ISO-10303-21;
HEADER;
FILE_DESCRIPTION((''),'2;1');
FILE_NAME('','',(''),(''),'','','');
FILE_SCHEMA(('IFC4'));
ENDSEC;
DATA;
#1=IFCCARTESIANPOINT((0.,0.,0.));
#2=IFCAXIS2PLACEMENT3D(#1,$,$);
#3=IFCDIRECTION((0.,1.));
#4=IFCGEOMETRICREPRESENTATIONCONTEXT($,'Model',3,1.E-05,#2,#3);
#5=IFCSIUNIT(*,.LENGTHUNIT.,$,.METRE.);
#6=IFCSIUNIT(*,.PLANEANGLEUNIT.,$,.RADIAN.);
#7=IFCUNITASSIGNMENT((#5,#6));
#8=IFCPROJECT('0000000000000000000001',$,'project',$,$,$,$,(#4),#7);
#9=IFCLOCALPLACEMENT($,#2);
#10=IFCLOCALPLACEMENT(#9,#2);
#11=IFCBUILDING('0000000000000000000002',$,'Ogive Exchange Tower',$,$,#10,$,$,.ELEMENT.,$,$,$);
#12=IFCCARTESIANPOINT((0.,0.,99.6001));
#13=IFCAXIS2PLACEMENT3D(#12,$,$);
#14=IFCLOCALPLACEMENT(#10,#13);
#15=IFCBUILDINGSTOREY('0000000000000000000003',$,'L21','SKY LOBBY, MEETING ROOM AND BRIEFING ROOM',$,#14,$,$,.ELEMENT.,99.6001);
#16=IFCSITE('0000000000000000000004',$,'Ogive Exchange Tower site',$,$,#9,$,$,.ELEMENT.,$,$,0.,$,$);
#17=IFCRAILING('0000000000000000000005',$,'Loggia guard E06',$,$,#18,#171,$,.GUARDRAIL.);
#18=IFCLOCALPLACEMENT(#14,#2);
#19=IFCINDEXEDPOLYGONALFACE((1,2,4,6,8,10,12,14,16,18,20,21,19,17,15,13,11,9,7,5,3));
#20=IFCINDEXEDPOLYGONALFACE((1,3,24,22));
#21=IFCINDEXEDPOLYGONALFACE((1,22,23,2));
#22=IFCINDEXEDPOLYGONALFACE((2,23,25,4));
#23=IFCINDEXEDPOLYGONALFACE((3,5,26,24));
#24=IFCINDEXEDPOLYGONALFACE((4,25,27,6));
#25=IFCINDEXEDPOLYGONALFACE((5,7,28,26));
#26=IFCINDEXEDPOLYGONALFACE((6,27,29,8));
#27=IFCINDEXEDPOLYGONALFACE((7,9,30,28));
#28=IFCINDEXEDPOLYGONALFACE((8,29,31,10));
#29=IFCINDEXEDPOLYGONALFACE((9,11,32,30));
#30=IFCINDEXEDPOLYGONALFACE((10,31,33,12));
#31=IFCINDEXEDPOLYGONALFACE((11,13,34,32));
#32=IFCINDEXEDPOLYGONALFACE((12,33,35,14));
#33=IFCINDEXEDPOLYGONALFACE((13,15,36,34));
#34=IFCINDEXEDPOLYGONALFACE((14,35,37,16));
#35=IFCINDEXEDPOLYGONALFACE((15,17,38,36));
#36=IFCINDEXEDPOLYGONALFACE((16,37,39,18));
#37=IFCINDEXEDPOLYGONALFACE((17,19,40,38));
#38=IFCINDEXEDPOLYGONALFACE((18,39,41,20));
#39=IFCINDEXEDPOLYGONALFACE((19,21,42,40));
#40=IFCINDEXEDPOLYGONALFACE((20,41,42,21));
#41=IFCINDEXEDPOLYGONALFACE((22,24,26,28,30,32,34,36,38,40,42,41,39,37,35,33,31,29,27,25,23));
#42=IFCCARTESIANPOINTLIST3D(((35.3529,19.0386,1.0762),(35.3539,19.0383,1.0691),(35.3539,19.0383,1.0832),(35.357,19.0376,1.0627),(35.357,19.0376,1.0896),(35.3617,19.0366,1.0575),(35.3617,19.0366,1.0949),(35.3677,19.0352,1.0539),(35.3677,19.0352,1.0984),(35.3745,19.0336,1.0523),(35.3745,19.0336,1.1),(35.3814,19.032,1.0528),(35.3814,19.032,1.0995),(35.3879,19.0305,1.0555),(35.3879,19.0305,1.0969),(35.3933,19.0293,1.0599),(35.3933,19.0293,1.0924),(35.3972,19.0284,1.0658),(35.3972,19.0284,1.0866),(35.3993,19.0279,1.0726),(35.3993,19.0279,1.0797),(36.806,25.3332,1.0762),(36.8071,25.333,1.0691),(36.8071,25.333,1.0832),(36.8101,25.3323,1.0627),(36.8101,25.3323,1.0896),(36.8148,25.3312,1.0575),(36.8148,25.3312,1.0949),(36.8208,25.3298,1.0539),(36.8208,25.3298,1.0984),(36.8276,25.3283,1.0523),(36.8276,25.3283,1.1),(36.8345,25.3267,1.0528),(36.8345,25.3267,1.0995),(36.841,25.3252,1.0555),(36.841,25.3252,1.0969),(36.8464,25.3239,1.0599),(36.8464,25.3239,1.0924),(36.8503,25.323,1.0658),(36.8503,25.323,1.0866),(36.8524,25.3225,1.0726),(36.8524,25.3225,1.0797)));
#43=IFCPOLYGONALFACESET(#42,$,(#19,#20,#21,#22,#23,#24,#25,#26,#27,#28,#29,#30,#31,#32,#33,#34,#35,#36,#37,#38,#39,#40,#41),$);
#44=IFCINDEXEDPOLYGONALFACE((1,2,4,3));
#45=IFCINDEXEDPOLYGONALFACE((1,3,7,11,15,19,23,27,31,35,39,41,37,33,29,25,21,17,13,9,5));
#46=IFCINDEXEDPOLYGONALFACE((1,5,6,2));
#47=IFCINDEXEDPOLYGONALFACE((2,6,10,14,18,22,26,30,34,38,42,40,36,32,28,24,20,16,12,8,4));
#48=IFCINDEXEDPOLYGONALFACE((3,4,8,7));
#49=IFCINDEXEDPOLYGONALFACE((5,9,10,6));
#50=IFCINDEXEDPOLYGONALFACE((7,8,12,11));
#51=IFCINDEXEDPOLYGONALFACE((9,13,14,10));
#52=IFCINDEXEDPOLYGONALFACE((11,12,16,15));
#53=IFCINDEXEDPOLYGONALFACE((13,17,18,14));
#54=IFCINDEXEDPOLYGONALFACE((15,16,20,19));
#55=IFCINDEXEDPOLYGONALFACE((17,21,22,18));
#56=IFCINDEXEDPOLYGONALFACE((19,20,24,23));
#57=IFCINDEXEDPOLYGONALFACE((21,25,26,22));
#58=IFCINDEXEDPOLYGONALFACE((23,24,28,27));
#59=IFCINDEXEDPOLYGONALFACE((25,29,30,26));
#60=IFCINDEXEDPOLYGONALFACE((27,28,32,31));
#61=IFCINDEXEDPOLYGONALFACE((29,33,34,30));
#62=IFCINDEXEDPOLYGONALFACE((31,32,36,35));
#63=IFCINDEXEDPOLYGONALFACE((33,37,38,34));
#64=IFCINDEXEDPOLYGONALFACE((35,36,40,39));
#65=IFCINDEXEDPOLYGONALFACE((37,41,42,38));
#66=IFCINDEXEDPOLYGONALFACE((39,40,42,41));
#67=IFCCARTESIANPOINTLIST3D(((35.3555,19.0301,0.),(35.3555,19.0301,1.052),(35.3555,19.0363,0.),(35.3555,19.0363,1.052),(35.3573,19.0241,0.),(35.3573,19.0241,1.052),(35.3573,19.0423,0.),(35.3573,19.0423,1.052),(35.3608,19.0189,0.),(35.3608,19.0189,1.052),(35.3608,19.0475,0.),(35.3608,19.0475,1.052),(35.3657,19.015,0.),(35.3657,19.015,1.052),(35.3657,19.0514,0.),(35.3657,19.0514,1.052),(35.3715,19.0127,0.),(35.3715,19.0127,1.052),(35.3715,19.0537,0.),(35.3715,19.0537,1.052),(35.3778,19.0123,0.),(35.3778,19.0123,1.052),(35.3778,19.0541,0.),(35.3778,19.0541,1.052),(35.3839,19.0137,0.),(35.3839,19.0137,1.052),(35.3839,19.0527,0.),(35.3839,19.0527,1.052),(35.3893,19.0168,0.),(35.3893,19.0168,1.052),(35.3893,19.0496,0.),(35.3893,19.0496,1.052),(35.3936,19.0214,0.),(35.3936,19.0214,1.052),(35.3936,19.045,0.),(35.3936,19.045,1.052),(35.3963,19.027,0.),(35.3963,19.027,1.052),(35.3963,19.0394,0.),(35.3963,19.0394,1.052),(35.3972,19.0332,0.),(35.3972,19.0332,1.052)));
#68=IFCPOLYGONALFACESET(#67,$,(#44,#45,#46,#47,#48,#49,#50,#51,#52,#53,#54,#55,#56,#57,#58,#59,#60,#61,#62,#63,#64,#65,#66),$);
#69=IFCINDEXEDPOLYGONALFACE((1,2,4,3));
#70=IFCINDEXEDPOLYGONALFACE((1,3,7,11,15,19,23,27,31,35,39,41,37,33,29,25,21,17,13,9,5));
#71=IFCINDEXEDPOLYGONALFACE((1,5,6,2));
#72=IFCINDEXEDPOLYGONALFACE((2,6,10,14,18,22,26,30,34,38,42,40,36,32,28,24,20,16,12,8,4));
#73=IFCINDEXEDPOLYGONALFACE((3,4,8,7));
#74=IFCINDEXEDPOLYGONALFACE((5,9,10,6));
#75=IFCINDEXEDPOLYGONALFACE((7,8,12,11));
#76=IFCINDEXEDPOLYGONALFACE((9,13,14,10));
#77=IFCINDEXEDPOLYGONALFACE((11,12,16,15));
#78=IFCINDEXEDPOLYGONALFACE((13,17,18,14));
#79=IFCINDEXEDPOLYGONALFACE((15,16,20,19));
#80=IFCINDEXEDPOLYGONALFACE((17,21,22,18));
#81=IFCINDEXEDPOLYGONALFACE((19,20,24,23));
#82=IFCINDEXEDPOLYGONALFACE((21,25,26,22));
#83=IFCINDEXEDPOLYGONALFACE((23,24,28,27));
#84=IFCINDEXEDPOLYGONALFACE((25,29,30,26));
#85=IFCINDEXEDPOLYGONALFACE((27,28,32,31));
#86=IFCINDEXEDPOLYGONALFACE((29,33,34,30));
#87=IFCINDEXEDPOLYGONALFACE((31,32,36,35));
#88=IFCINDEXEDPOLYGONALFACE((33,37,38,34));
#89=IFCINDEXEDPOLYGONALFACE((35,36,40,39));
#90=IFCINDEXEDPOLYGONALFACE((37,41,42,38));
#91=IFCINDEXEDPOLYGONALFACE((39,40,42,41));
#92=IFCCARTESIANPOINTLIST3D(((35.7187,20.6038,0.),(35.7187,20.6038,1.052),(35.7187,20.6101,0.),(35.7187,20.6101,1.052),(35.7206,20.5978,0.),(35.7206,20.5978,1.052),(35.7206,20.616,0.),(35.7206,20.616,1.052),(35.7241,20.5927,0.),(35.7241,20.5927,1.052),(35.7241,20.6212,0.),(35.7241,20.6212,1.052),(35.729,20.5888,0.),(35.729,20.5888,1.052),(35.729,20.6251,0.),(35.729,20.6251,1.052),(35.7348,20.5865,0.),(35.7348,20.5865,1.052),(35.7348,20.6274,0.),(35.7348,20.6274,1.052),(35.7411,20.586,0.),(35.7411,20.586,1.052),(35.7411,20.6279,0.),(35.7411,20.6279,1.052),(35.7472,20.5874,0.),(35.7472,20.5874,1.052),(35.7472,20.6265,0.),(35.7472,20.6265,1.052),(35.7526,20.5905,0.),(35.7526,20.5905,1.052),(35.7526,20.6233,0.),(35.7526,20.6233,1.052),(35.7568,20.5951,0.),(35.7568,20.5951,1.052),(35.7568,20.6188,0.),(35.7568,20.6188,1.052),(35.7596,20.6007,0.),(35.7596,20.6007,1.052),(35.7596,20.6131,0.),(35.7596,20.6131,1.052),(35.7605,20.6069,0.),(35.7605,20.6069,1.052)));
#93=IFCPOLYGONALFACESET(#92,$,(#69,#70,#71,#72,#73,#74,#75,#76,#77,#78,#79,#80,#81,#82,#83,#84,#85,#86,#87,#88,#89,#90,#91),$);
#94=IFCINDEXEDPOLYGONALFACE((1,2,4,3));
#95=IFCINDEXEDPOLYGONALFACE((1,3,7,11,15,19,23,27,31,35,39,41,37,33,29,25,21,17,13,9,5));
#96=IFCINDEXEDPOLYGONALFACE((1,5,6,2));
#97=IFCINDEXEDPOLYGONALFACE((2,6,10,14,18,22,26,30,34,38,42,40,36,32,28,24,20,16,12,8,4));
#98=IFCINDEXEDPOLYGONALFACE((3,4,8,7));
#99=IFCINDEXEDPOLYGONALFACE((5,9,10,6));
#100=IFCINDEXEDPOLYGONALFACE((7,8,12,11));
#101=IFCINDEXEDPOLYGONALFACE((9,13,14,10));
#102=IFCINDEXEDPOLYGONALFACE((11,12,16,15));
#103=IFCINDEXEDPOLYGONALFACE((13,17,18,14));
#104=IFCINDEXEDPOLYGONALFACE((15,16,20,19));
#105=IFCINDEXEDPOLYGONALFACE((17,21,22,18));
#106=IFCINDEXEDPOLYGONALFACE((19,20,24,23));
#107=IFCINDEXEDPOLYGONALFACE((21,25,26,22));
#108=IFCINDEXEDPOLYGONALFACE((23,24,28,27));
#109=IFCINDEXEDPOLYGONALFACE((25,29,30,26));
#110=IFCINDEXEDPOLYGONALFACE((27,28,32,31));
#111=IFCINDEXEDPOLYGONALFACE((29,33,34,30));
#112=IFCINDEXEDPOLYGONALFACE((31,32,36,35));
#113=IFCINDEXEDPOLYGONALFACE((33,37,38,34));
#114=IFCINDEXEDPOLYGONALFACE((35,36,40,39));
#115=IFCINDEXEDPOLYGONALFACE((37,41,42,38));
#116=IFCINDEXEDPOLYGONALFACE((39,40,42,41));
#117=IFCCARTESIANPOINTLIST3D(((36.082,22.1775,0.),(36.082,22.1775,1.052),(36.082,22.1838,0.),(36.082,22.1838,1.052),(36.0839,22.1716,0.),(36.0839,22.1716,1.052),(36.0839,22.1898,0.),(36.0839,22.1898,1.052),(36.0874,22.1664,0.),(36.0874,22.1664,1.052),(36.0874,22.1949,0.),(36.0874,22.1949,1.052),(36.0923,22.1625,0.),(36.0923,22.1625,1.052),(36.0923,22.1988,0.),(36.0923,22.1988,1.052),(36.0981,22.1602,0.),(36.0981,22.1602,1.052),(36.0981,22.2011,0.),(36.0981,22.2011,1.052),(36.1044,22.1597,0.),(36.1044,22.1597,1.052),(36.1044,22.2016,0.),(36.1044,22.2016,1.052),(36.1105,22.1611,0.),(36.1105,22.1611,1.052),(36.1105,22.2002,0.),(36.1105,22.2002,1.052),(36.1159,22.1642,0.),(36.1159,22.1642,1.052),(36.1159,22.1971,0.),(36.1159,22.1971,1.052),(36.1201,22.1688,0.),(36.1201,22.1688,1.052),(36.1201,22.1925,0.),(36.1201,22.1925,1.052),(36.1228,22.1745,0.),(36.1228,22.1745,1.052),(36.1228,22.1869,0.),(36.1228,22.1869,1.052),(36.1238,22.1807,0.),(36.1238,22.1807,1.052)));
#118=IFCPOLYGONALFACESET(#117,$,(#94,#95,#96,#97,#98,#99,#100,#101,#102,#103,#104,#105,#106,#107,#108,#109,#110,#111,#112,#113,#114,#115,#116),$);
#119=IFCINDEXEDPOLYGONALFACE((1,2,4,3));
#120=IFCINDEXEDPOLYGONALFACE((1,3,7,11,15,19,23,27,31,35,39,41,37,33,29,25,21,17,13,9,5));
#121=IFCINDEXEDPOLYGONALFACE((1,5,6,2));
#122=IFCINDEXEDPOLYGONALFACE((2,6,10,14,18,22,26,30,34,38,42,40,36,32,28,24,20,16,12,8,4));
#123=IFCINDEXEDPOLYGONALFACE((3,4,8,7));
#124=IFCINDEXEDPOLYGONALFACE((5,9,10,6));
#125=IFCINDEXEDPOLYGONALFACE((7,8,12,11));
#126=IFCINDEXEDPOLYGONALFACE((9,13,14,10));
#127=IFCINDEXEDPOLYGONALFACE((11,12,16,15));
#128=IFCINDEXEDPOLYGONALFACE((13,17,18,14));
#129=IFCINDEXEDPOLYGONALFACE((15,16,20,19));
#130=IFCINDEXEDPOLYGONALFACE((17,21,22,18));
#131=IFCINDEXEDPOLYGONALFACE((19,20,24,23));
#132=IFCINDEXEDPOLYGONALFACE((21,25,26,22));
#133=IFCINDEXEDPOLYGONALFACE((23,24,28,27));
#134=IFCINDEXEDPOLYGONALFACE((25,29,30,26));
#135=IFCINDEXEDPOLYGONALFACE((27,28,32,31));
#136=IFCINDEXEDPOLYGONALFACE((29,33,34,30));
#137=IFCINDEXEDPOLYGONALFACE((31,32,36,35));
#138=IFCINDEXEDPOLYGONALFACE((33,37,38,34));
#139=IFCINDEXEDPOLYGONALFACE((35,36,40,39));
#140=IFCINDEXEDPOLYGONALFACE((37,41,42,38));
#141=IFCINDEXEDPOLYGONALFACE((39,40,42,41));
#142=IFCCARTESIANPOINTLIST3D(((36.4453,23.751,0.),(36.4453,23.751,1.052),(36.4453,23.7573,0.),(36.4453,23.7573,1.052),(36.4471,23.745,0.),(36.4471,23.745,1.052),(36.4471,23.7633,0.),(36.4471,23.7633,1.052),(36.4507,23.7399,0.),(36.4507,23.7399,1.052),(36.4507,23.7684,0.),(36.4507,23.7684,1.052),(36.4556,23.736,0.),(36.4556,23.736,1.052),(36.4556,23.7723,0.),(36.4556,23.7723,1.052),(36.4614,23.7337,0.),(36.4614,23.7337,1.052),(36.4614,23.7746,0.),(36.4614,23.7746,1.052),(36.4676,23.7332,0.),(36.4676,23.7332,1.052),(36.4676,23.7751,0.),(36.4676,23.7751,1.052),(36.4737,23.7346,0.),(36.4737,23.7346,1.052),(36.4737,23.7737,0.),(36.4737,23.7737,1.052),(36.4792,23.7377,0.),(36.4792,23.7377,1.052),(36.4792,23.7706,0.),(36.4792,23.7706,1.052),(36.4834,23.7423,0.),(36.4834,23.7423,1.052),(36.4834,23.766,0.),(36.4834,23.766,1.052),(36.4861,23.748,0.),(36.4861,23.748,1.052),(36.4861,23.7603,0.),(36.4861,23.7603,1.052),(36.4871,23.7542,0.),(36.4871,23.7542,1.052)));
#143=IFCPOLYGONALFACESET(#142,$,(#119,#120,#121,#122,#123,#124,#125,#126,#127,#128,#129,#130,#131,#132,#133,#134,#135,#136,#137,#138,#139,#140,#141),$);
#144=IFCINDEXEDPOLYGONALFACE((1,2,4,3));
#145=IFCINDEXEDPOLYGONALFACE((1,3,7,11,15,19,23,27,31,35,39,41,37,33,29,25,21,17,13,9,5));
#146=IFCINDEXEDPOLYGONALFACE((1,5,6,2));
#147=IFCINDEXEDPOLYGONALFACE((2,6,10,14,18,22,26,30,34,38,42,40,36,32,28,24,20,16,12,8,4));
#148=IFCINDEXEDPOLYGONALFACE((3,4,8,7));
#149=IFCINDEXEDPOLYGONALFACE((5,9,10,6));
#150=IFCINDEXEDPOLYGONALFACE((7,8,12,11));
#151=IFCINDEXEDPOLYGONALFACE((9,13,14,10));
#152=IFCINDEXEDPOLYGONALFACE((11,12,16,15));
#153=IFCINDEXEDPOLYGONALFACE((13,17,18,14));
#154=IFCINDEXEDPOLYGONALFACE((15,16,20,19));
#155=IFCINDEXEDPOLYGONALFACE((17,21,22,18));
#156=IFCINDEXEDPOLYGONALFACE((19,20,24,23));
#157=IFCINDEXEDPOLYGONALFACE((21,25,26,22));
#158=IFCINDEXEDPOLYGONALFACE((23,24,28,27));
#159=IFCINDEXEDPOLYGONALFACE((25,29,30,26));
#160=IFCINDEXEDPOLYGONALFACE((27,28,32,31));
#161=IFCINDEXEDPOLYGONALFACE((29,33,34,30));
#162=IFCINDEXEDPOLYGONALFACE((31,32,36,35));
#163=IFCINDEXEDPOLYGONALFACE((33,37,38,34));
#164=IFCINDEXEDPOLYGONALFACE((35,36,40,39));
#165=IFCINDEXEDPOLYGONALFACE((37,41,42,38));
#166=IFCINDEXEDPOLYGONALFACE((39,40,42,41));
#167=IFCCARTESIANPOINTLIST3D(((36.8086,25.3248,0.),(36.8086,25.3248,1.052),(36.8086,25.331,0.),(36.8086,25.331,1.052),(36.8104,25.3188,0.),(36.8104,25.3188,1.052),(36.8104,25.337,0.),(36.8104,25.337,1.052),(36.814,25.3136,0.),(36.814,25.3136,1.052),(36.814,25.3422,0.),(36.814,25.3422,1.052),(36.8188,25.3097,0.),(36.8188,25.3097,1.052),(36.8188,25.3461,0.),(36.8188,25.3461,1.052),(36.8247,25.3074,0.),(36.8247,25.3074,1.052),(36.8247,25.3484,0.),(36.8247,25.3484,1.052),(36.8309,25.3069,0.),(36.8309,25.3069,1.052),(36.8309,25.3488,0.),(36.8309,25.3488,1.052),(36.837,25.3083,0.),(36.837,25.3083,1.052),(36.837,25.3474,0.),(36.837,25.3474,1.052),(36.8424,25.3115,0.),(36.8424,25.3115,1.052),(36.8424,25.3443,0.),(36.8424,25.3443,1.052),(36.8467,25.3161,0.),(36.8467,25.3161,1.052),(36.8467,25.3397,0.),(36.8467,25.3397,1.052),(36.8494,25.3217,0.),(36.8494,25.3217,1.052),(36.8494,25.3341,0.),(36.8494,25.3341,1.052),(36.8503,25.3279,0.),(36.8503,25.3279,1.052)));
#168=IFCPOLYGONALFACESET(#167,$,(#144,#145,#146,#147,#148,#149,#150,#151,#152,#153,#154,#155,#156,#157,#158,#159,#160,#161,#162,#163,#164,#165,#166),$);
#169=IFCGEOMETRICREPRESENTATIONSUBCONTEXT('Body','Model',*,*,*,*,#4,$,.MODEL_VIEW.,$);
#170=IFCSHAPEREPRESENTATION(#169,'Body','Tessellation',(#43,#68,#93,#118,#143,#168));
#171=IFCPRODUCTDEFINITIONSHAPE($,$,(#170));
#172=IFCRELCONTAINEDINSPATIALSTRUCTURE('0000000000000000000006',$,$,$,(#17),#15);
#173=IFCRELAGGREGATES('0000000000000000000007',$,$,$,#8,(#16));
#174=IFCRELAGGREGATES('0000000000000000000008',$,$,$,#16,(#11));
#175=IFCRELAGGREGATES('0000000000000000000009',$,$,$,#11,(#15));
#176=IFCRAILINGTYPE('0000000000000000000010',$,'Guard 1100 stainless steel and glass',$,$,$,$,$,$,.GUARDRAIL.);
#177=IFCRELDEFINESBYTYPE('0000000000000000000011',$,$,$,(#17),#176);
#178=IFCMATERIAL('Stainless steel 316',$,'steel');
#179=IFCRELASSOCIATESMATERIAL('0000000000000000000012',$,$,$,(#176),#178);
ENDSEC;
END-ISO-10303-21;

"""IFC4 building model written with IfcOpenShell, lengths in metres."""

from ifc_helpers import new_model, si_unit, direction, frame, origin, origin_2d, place, context, subcontext, project, spatial, circle, extrude, material, type_object, element, save


model = new_model("IFC4")

# Units and contexts
model_context = context("Model", 3, precision=1e-05, world=origin(), true_north=direction((0.0, 1.0)))
body_context = subcontext(model_context, "Body", "Model", "MODEL_VIEW")
ifc_project = project(units=[si_unit("LENGTHUNIT", "METRE"), si_unit("PLANEANGLEUNIT", "RADIAN")], contexts=[model_context])

# Site, building, storey
site_placement = place(None, origin())
site = spatial("IfcSite", under=ifc_project, at=site_placement, Name="Ogive Exchange Tower site", CompositionType="ELEMENT", RefElevation=0.0)
building_placement = place(site_placement, origin())
building = spatial("IfcBuilding", under=site, at=building_placement, Name="Ogive Exchange Tower", CompositionType="ELEMENT")
storey_placement = place(building_placement, frame((0.0, 0.0, 99.6001)))
storey = spatial("IfcBuildingStorey", under=building, at=storey_placement, Name="L21", Description="SKY LOBBY, MEETING ROOM AND BRIEFING ROOM", CompositionType="ELEMENT", Elevation=99.6001)

# Railing
ifc_material_1 = material(Name="Stainless steel 316", Category="steel")
railing_type_1 = type_object("IfcRailingType", Name="Guard 1100 stainless steel and glass", PredefinedType="GUARDRAIL", material=ifc_material_1)
railing_1_placement = place(storey_placement, frame((35.3762, 19.0332, 0.0)))
element("IfcRailing", 1, at=railing_1_placement, inside=storey, type_object=railing_type_1, Name="Loggia guard E06", PredefinedType="GUARDRAIL", context=body_context, shape_type="SweptSolid", body=[
    extrude(circle(Radius=0.0239, at=origin_2d()), frame((0.0, 0.0, 1.0762), z_axis=(0.224934, 0.974374, 0.0), x_axis=(-0.974374, 0.224934, 0.0)), (0.0, 0.0, 1.0), 6.4602),
    extrude(circle(Radius=0.021, at=origin_2d()), origin(), (0.0, 0.0, 1.0), 1.052),
    extrude(circle(Radius=0.021, at=origin_2d()), frame((0.3633, 1.5737, 0.0)), (0.0, 0.0, 1.0), 1.052),
    extrude(circle(Radius=0.021, at=origin_2d()), frame((0.7266, 3.1475, 0.0)), (0.0, 0.0, 1.0), 1.052),
    extrude(circle(Radius=0.021, at=origin_2d()), frame((1.0898, 4.7209, 0.0)), (0.0, 0.0, 1.0), 1.052),
    extrude(circle(Radius=0.021, at=origin_2d()), frame((1.4531, 6.2947, 0.0)), (0.0, 0.0, 1.0), 1.052),
])

save(model, "model.ifc")
